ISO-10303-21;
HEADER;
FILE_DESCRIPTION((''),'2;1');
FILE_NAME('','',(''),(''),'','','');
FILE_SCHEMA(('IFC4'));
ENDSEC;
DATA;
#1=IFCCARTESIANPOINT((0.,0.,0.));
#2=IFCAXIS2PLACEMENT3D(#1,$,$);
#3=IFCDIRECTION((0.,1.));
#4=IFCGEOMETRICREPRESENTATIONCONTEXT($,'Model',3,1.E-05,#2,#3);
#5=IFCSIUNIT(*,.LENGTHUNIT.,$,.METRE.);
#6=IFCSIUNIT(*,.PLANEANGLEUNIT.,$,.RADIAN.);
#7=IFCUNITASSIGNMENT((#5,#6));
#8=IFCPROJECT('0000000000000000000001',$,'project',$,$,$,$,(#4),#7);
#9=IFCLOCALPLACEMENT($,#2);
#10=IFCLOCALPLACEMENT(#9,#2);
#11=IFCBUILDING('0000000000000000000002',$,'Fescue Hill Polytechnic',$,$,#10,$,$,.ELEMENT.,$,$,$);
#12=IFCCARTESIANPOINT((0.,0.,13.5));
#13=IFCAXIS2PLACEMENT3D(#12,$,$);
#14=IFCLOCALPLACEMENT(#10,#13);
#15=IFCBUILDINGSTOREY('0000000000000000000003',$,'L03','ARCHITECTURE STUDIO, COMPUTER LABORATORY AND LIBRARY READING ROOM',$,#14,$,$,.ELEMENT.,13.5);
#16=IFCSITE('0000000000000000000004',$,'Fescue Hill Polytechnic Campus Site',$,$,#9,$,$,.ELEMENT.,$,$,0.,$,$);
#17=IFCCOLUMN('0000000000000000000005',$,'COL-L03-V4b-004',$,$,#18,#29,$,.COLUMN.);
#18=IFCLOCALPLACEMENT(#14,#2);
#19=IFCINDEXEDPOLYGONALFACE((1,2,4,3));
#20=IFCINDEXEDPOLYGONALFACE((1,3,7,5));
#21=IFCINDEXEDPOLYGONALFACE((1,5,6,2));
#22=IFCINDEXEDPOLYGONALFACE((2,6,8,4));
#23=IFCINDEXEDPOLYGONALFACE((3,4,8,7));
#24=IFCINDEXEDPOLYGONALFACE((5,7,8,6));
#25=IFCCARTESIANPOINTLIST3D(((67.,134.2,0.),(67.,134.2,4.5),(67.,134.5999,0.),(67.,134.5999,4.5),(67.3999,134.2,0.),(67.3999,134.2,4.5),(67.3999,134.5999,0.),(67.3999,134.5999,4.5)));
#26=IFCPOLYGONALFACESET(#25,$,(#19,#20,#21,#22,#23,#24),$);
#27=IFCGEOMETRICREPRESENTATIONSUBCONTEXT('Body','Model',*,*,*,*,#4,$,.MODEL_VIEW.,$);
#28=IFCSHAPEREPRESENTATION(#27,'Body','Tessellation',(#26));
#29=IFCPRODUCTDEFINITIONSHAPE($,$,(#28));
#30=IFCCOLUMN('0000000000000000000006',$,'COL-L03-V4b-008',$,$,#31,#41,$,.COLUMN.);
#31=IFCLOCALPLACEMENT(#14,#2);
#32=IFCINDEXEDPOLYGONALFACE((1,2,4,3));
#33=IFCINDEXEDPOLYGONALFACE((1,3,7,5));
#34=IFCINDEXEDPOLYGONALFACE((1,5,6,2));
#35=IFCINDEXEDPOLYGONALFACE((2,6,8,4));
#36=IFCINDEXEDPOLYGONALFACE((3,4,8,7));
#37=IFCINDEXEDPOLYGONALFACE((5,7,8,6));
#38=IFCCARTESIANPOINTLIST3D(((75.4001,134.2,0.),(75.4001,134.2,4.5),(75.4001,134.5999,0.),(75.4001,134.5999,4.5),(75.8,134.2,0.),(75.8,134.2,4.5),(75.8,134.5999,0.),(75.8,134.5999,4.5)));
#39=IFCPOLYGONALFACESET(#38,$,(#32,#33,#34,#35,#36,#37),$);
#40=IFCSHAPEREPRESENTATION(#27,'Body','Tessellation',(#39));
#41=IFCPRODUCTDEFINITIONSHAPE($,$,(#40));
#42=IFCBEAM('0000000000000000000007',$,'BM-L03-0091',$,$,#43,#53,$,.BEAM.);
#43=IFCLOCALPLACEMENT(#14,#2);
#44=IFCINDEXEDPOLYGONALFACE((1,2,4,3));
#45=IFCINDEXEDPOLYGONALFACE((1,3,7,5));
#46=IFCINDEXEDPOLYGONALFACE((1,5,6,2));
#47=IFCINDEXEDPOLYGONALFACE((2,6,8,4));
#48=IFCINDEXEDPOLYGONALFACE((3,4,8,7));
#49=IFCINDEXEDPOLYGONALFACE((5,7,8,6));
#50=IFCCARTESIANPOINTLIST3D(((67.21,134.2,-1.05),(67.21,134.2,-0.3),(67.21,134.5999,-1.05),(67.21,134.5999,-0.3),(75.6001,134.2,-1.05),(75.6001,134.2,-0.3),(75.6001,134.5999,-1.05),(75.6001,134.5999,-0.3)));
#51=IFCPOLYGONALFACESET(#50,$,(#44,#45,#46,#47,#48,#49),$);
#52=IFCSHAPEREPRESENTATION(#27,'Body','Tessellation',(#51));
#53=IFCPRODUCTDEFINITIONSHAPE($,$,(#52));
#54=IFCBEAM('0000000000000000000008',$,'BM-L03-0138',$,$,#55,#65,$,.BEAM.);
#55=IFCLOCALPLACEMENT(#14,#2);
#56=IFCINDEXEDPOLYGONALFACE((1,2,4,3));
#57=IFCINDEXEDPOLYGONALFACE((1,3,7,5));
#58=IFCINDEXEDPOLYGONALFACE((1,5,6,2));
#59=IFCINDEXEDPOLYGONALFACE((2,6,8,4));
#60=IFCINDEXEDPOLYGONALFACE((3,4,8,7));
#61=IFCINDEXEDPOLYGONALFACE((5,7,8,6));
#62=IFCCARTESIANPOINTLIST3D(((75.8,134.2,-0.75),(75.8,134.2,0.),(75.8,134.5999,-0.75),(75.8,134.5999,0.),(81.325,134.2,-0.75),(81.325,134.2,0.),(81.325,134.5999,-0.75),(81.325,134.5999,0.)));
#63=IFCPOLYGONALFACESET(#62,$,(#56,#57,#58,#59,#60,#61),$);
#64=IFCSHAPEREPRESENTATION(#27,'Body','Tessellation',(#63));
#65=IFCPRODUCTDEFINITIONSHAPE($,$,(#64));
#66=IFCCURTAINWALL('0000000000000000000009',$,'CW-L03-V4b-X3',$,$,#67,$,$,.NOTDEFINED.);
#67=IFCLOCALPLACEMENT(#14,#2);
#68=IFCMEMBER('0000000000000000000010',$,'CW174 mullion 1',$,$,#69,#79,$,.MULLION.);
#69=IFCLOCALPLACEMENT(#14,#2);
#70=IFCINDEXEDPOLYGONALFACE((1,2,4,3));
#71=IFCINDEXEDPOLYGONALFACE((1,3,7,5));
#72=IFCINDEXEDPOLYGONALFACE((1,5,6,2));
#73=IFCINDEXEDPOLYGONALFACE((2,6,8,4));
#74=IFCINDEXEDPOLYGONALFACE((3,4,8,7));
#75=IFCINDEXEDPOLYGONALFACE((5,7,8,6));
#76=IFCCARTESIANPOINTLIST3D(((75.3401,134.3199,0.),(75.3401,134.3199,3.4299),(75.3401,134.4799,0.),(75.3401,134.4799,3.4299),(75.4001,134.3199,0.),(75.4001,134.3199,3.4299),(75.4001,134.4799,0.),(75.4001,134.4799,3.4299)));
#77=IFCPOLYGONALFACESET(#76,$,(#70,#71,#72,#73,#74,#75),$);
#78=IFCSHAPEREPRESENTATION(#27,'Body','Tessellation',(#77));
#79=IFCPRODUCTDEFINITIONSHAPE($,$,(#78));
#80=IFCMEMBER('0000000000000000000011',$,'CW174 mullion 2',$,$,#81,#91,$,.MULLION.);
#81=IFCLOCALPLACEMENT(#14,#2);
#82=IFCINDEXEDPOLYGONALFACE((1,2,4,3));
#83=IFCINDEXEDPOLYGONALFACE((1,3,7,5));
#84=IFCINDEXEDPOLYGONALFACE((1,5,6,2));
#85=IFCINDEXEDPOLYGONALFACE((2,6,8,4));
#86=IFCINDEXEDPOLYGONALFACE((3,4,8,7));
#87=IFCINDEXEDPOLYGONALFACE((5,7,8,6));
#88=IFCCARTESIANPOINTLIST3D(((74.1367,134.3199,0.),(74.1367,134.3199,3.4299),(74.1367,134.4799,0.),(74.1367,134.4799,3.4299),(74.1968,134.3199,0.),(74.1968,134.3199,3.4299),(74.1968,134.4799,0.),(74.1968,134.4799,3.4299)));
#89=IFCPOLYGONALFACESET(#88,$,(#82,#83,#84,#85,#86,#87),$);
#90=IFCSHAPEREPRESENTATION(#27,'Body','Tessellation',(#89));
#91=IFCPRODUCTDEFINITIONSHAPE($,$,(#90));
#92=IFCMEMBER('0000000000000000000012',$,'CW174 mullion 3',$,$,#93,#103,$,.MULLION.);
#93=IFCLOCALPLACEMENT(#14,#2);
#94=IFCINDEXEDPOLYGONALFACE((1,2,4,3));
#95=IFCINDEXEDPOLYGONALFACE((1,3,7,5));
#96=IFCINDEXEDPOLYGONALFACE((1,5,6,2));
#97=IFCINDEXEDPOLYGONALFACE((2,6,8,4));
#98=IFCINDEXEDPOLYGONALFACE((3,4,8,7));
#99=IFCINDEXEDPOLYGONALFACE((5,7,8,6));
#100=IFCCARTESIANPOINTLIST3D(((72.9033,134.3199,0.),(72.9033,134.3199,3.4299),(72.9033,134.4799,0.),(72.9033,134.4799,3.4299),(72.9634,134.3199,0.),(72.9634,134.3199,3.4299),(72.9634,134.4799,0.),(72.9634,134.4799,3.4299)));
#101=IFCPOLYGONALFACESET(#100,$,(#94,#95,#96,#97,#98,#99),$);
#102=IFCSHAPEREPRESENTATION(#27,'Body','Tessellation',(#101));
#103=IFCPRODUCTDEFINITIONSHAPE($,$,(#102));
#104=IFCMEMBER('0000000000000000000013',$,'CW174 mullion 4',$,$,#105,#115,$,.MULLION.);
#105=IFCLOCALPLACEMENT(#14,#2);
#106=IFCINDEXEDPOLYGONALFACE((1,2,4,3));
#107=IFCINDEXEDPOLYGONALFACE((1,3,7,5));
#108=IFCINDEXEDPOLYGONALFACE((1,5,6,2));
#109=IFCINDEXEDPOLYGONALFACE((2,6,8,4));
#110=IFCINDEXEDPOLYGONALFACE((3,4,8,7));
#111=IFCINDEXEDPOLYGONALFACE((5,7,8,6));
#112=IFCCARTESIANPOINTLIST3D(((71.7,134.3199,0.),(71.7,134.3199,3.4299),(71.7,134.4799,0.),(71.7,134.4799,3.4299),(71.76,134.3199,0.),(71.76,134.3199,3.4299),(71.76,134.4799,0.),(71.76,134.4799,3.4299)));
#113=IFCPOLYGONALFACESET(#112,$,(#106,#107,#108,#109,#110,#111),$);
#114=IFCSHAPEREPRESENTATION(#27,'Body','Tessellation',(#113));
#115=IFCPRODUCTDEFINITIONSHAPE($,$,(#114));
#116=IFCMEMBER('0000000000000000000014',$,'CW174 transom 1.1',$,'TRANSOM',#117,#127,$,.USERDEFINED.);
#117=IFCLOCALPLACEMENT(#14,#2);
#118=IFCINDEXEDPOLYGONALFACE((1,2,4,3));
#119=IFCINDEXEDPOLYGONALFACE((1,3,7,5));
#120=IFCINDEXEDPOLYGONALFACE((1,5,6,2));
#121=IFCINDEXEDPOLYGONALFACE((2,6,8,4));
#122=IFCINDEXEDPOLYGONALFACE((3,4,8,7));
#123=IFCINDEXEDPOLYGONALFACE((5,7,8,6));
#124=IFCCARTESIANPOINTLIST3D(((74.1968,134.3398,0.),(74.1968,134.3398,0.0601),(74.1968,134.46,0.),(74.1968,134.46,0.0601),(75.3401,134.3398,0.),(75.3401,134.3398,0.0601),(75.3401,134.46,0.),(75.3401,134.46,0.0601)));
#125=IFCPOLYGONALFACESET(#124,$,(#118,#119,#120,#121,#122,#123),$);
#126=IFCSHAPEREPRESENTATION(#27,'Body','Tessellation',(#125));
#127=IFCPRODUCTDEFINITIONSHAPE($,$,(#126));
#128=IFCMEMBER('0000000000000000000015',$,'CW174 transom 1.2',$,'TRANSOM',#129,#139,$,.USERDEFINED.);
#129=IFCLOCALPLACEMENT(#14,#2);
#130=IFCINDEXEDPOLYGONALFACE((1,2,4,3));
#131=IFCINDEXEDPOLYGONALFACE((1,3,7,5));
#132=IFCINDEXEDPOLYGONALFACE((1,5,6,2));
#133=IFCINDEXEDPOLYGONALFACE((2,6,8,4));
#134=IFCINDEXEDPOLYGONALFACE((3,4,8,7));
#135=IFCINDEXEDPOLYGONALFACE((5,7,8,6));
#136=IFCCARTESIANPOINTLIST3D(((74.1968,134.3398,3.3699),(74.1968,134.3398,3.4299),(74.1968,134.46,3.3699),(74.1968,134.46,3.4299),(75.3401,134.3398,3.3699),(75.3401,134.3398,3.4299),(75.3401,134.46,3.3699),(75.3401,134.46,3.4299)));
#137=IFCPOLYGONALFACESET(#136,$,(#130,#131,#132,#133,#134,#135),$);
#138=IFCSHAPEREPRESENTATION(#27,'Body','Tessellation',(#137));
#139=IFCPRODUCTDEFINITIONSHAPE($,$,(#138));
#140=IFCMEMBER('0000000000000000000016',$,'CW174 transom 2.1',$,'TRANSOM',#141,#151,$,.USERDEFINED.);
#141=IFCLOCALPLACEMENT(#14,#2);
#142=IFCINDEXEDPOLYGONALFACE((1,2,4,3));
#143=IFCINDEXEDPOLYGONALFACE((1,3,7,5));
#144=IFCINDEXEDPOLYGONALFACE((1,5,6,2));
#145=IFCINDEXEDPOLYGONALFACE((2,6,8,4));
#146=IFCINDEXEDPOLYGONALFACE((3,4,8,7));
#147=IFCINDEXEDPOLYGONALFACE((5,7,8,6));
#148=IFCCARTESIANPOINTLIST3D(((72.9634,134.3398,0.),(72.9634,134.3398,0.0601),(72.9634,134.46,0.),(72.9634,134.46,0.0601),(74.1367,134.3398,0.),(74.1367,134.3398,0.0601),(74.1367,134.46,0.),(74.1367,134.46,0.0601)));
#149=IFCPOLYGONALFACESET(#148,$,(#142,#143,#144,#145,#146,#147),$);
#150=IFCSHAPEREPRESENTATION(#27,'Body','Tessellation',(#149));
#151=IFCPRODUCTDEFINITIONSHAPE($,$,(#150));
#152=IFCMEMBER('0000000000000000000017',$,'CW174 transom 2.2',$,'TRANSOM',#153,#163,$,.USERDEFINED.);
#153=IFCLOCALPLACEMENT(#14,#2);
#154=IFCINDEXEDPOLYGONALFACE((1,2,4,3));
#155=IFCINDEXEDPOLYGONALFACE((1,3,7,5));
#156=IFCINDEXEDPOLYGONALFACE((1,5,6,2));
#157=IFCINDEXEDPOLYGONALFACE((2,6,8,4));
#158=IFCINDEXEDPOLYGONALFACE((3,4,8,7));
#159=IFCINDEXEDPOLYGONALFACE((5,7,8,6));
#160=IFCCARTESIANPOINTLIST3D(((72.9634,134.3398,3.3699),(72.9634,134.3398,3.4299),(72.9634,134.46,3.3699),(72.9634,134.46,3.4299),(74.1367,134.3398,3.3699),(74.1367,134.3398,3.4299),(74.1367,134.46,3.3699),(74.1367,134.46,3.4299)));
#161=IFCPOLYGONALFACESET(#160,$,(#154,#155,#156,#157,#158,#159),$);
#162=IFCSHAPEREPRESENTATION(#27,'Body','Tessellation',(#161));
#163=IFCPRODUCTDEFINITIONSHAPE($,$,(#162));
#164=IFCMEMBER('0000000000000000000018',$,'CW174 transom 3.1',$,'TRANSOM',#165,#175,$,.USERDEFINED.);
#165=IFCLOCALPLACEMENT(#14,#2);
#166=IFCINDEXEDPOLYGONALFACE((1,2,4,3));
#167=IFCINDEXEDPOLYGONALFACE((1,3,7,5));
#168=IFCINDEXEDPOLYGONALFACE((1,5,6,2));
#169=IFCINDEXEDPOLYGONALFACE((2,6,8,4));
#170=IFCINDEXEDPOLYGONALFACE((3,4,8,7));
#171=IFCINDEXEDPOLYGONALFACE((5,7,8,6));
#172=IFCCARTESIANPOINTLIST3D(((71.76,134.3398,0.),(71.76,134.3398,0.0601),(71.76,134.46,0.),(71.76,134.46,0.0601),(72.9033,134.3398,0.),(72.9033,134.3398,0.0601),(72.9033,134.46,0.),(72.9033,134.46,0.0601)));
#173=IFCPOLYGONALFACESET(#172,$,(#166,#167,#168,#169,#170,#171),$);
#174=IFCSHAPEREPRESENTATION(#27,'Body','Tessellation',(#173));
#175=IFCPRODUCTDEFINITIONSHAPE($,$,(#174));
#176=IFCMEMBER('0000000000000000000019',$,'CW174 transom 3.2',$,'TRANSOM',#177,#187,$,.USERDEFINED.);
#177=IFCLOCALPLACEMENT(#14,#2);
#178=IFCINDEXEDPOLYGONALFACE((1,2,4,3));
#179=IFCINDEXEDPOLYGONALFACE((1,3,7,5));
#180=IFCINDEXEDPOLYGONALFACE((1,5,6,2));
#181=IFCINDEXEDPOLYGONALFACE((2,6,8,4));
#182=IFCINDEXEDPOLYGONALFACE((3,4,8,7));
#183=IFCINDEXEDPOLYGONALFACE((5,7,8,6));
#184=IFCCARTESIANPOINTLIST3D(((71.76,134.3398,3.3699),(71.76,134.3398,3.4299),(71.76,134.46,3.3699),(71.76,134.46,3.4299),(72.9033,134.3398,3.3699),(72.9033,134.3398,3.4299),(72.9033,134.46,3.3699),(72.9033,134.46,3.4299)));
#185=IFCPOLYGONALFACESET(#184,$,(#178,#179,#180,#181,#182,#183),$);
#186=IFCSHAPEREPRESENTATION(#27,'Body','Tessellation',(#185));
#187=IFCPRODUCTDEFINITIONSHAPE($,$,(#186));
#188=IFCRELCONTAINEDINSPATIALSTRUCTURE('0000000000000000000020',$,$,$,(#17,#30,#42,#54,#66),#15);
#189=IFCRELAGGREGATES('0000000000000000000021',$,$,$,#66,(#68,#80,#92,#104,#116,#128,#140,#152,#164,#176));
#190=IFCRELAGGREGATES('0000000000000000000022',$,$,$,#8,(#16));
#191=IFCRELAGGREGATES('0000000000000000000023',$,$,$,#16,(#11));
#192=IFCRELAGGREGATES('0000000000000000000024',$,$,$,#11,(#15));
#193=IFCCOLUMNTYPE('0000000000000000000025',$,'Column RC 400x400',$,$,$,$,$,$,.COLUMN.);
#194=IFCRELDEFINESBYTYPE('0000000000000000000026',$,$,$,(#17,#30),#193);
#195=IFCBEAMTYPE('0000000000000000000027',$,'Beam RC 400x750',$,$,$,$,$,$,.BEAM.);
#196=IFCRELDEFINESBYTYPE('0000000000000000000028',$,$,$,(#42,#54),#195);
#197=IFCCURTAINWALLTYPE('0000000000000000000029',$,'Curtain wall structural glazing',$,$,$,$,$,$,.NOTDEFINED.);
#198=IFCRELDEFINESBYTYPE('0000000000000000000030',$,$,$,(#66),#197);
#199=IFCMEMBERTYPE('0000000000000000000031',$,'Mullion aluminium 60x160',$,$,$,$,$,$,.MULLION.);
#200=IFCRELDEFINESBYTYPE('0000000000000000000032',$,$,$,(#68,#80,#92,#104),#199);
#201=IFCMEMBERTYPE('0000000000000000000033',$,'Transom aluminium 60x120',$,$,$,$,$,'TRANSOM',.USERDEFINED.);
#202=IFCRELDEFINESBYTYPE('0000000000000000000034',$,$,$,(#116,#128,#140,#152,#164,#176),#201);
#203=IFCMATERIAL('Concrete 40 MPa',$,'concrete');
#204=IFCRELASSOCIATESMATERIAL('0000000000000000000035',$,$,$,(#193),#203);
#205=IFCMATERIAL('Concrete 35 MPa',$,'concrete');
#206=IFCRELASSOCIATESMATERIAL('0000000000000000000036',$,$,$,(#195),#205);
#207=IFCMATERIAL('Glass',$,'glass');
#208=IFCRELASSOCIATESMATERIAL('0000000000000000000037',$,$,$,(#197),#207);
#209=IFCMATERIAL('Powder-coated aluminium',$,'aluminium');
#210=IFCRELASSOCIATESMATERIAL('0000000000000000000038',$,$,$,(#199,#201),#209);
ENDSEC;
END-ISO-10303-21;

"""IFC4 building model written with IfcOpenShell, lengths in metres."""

from ifc_helpers import new_model, si_unit, direction, frame, origin, origin_2d, place, context, subcontext, project, spatial, rectangle, extrude, material, material_profile, profile_set, type_object, element, aggregate, save


model = new_model("IFC4")

# Units and contexts
model_context = context("Model", 3, precision=1e-05, world=origin(), true_north=direction((0.0, 1.0)))
body_context = subcontext(model_context, "Body", "Model", "MODEL_VIEW")
ifc_project = project(units=[si_unit("LENGTHUNIT", "METRE"), si_unit("PLANEANGLEUNIT", "RADIAN")], contexts=[model_context])

# Site, building, storey
site_placement = place(None, origin())
site = spatial("IfcSite", under=ifc_project, at=site_placement, Name="Fescue Hill Polytechnic Campus Site", CompositionType="ELEMENT", RefElevation=0.0)
building_placement = place(site_placement, origin())
building = spatial("IfcBuilding", under=site, at=building_placement, Name="Fescue Hill Polytechnic", CompositionType="ELEMENT")
storey_placement = place(building_placement, frame((0.0, 0.0, 13.5)))
storey = spatial("IfcBuildingStorey", under=building, at=storey_placement, Name="L03", Description="ARCHITECTURE STUDIO, COMPUTER LABORATORY AND LIBRARY READING ROOM", CompositionType="ELEMENT", Elevation=13.5)

# Columns
ifc_material_1 = material(Name="Concrete 40 MPa", Category="concrete")
ifc_material_profile_1 = material_profile(ifc_material_1, rectangle(XDim=0.3999, YDim=0.3999, at=origin_2d()), Name="RC 400x400")
ifc_profile_set_1 = profile_set([ifc_material_profile_1], Name="Concrete 40 MPa")
column_type = type_object("IfcColumnType", Name="Column RC 400x400", PredefinedType="COLUMN", material=ifc_profile_set_1)
for number, where, z_axis, x_axis, name in (
    (1, (67.2, 134.3999, 0.0), (0.0, 0.0, 1.0), (1.0, 0.0, 0.0), "COL-L03-V4b-004"),
    (2, (75.6001, 134.3999, 0.0), (0.0, 0.0, 1.0), (1.0, 0.0, 0.0), "COL-L03-V4b-008"),
):
    element("IfcColumn", number, at=place(storey_placement, frame(where, z_axis=z_axis, x_axis=x_axis)), inside=storey, type_object=column_type, Name=name, PredefinedType="COLUMN", context=body_context, shape_type="SweptSolid", body=[
        extrude(rectangle(XDim=0.3999, YDim=0.3999, at=origin_2d()), origin(), (0.0, 0.0, 1.0), 4.5),
    ])

# Beams
ifc_material_2 = material(Name="Concrete 35 MPa", Category="concrete")
ifc_material_profile_2 = material_profile(ifc_material_2, rectangle(XDim=0.3999, YDim=0.75, at=origin_2d()), Name="RC 400x750")
ifc_profile_set_2 = profile_set([ifc_material_profile_2], Name="Concrete 35 MPa")
beam_type = type_object("IfcBeamType", Name="Beam RC 400x750", PredefinedType="BEAM", material=ifc_profile_set_2)
beam_1_placement = place(storey_placement, frame((67.21, 134.3999, -0.675), z_axis=(1.0, 0.0, 0.0), x_axis=(0.0, 1.0, 0.0)))
element("IfcBeam", 3, at=beam_1_placement, inside=storey, type_object=beam_type, Name="BM-L03-0091", PredefinedType="BEAM", context=body_context, shape_type="SweptSolid", body=[
    extrude(rectangle(XDim=0.3999, YDim=0.75, at=origin_2d()), origin(), (0.0, 0.0, 1.0), 8.3901),
])
beam_2_placement = place(storey_placement, frame((75.8, 134.3999, -0.375), z_axis=(1.0, 0.0, 0.0), x_axis=(0.0, 1.0, 0.0)))
element("IfcBeam", 4, at=beam_2_placement, inside=storey, type_object=beam_type, Name="BM-L03-0138", PredefinedType="BEAM", context=body_context, shape_type="SweptSolid", body=[
    extrude(rectangle(XDim=0.3999, YDim=0.75, at=origin_2d()), origin(), (0.0, 0.0, 1.0), 5.5249),
])

# Curtain wall, members
ifc_material_3 = material(Name="Glass", Category="glass")
curtain_wall_type = type_object("IfcCurtainWallType", Name="Curtain wall structural glazing", PredefinedType="NOTDEFINED", material=ifc_material_3)
curtain_wall_placement = place(storey_placement, origin())
curtain_wall = element("IfcCurtainWall", 5, at=curtain_wall_placement, inside=storey, type_object=curtain_wall_type, Name="CW-L03-V4b-X3", PredefinedType="NOTDEFINED")
ifc_material_4 = material(Name="Powder-coated aluminium", Category="aluminium")
ifc_material_profile_3 = material_profile(ifc_material_4, rectangle(XDim=0.1599, YDim=0.0601, at=origin_2d()), Name="Mullion aluminium 60x160")
ifc_profile_set_3 = profile_set([ifc_material_profile_3], Name="Powder-coated aluminium")
member_type_1 = type_object("IfcMemberType", Name="Mullion aluminium 60x160", PredefinedType="MULLION", material=ifc_profile_set_3)
member_1_placement = place(storey_placement, frame((75.3701, 134.3999, 0.0), z_axis=(0.0, 0.0, 1.0), x_axis=(0.0, -1.0, 0.0)))
member_1 = element("IfcMember", 6, at=member_1_placement, type_object=member_type_1, Name="CW174 mullion 1", PredefinedType="MULLION", context=body_context, shape_type="SweptSolid", body=[
    extrude(rectangle(XDim=0.1599, YDim=0.0601, at=origin_2d()), origin(), (0.0, 0.0, 1.0), 3.4299),
])
member_2_placement = place(storey_placement, frame((74.1667, 134.3999, 0.0), z_axis=(0.0, 0.0, 1.0), x_axis=(0.0, -1.0, 0.0)))
member_2 = element("IfcMember", 7, at=member_2_placement, type_object=member_type_1, Name="CW174 mullion 2", PredefinedType="MULLION", context=body_context, shape_type="SweptSolid", body=[
    extrude(rectangle(XDim=0.1599, YDim=0.0601, at=origin_2d()), origin(), (0.0, 0.0, 1.0), 3.4299),
])
member_3_placement = place(storey_placement, frame((72.9333, 134.3999, 0.0), z_axis=(0.0, 0.0, 1.0), x_axis=(0.0, -1.0, 0.0)))
member_3 = element("IfcMember", 8, at=member_3_placement, type_object=member_type_1, Name="CW174 mullion 3", PredefinedType="MULLION", context=body_context, shape_type="SweptSolid", body=[
    extrude(rectangle(XDim=0.1599, YDim=0.0601, at=origin_2d()), origin(), (0.0, 0.0, 1.0), 3.4299),
])
member_4_placement = place(storey_placement, frame((71.73, 134.3999, 0.0), z_axis=(0.0, 0.0, 1.0), x_axis=(0.0, -1.0, 0.0)))
member_4 = element("IfcMember", 9, at=member_4_placement, type_object=member_type_1, Name="CW174 mullion 4", PredefinedType="MULLION", context=body_context, shape_type="SweptSolid", body=[
    extrude(rectangle(XDim=0.1599, YDim=0.0601, at=origin_2d()), origin(), (0.0, 0.0, 1.0), 3.4299),
])
ifc_material_profile_4 = material_profile(ifc_material_4, rectangle(XDim=0.1201, YDim=0.0601, at=origin_2d()), Name="Transom aluminium 60x120")
ifc_profile_set_4 = profile_set([ifc_material_profile_4], Name="Powder-coated aluminium")
member_type_2 = type_object("IfcMemberType", Name="Transom aluminium 60x120", ElementType="TRANSOM", PredefinedType="USERDEFINED", material=ifc_profile_set_4)
member_5_placement = place(storey_placement, frame((75.3401, 134.3999, 0.03), z_axis=(-1.0, 0.0, 0.0), x_axis=(0.0, -1.0, 0.0)))
member_5 = element("IfcMember", 10, at=member_5_placement, type_object=member_type_2, Name="CW174 transom 1.1", ObjectType="TRANSOM", PredefinedType="USERDEFINED", context=body_context, shape_type="SweptSolid", body=[
    extrude(rectangle(XDim=0.1201, YDim=0.0601, at=origin_2d()), origin(), (0.0, 0.0, 1.0), 1.1433),
])
member_6_placement = place(storey_placement, frame((75.3401, 134.3999, 3.3999), z_axis=(-1.0, 0.0, 0.0), x_axis=(0.0, -1.0, 0.0)))
member_6 = element("IfcMember", 11, at=member_6_placement, type_object=member_type_2, Name="CW174 transom 1.2", ObjectType="TRANSOM", PredefinedType="USERDEFINED", context=body_context, shape_type="SweptSolid", body=[
    extrude(rectangle(XDim=0.1201, YDim=0.0601, at=origin_2d()), origin(), (0.0, 0.0, 1.0), 1.1433),
])
member_7_placement = place(storey_placement, frame((74.1367, 134.3999, 0.03), z_axis=(-1.0, 0.0, 0.0), x_axis=(0.0, -1.0, 0.0)))
member_7 = element("IfcMember", 12, at=member_7_placement, type_object=member_type_2, Name="CW174 transom 2.1", ObjectType="TRANSOM", PredefinedType="USERDEFINED", context=body_context, shape_type="SweptSolid", body=[
    extrude(rectangle(XDim=0.1201, YDim=0.0601, at=origin_2d()), origin(), (0.0, 0.0, 1.0), 1.1733),
])
member_8_placement = place(storey_placement, frame((74.1367, 134.3999, 3.3999), z_axis=(-1.0, 0.0, 0.0), x_axis=(0.0, -1.0, 0.0)))
member_8 = element("IfcMember", 13, at=member_8_placement, type_object=member_type_2, Name="CW174 transom 2.2", ObjectType="TRANSOM", PredefinedType="USERDEFINED", context=body_context, shape_type="SweptSolid", body=[
    extrude(rectangle(XDim=0.1201, YDim=0.0601, at=origin_2d()), origin(), (0.0, 0.0, 1.0), 1.1733),
])
member_9_placement = place(storey_placement, frame((72.9033, 134.3999, 0.03), z_axis=(-1.0, 0.0, 0.0), x_axis=(0.0, -1.0, 0.0)))
member_9 = element("IfcMember", 14, at=member_9_placement, type_object=member_type_2, Name="CW174 transom 3.1", ObjectType="TRANSOM", PredefinedType="USERDEFINED", context=body_context, shape_type="SweptSolid", body=[
    extrude(rectangle(XDim=0.1201, YDim=0.0601, at=origin_2d()), origin(), (0.0, 0.0, 1.0), 1.1433),
])
member_10_placement = place(storey_placement, frame((72.9033, 134.3999, 3.3999), z_axis=(-1.0, 0.0, 0.0), x_axis=(0.0, -1.0, 0.0)))
member_10 = element("IfcMember", 15, at=member_10_placement, type_object=member_type_2, Name="CW174 transom 3.2", ObjectType="TRANSOM", PredefinedType="USERDEFINED", context=body_context, shape_type="SweptSolid", body=[
    extrude(rectangle(XDim=0.1201, YDim=0.0601, at=origin_2d()), origin(), (0.0, 0.0, 1.0), 1.1433),
])
aggregate(curtain_wall, [member_1, member_2, member_3, member_4, member_5, member_6, member_7, member_8, member_9, member_10])

save(model, "model.ifc")
